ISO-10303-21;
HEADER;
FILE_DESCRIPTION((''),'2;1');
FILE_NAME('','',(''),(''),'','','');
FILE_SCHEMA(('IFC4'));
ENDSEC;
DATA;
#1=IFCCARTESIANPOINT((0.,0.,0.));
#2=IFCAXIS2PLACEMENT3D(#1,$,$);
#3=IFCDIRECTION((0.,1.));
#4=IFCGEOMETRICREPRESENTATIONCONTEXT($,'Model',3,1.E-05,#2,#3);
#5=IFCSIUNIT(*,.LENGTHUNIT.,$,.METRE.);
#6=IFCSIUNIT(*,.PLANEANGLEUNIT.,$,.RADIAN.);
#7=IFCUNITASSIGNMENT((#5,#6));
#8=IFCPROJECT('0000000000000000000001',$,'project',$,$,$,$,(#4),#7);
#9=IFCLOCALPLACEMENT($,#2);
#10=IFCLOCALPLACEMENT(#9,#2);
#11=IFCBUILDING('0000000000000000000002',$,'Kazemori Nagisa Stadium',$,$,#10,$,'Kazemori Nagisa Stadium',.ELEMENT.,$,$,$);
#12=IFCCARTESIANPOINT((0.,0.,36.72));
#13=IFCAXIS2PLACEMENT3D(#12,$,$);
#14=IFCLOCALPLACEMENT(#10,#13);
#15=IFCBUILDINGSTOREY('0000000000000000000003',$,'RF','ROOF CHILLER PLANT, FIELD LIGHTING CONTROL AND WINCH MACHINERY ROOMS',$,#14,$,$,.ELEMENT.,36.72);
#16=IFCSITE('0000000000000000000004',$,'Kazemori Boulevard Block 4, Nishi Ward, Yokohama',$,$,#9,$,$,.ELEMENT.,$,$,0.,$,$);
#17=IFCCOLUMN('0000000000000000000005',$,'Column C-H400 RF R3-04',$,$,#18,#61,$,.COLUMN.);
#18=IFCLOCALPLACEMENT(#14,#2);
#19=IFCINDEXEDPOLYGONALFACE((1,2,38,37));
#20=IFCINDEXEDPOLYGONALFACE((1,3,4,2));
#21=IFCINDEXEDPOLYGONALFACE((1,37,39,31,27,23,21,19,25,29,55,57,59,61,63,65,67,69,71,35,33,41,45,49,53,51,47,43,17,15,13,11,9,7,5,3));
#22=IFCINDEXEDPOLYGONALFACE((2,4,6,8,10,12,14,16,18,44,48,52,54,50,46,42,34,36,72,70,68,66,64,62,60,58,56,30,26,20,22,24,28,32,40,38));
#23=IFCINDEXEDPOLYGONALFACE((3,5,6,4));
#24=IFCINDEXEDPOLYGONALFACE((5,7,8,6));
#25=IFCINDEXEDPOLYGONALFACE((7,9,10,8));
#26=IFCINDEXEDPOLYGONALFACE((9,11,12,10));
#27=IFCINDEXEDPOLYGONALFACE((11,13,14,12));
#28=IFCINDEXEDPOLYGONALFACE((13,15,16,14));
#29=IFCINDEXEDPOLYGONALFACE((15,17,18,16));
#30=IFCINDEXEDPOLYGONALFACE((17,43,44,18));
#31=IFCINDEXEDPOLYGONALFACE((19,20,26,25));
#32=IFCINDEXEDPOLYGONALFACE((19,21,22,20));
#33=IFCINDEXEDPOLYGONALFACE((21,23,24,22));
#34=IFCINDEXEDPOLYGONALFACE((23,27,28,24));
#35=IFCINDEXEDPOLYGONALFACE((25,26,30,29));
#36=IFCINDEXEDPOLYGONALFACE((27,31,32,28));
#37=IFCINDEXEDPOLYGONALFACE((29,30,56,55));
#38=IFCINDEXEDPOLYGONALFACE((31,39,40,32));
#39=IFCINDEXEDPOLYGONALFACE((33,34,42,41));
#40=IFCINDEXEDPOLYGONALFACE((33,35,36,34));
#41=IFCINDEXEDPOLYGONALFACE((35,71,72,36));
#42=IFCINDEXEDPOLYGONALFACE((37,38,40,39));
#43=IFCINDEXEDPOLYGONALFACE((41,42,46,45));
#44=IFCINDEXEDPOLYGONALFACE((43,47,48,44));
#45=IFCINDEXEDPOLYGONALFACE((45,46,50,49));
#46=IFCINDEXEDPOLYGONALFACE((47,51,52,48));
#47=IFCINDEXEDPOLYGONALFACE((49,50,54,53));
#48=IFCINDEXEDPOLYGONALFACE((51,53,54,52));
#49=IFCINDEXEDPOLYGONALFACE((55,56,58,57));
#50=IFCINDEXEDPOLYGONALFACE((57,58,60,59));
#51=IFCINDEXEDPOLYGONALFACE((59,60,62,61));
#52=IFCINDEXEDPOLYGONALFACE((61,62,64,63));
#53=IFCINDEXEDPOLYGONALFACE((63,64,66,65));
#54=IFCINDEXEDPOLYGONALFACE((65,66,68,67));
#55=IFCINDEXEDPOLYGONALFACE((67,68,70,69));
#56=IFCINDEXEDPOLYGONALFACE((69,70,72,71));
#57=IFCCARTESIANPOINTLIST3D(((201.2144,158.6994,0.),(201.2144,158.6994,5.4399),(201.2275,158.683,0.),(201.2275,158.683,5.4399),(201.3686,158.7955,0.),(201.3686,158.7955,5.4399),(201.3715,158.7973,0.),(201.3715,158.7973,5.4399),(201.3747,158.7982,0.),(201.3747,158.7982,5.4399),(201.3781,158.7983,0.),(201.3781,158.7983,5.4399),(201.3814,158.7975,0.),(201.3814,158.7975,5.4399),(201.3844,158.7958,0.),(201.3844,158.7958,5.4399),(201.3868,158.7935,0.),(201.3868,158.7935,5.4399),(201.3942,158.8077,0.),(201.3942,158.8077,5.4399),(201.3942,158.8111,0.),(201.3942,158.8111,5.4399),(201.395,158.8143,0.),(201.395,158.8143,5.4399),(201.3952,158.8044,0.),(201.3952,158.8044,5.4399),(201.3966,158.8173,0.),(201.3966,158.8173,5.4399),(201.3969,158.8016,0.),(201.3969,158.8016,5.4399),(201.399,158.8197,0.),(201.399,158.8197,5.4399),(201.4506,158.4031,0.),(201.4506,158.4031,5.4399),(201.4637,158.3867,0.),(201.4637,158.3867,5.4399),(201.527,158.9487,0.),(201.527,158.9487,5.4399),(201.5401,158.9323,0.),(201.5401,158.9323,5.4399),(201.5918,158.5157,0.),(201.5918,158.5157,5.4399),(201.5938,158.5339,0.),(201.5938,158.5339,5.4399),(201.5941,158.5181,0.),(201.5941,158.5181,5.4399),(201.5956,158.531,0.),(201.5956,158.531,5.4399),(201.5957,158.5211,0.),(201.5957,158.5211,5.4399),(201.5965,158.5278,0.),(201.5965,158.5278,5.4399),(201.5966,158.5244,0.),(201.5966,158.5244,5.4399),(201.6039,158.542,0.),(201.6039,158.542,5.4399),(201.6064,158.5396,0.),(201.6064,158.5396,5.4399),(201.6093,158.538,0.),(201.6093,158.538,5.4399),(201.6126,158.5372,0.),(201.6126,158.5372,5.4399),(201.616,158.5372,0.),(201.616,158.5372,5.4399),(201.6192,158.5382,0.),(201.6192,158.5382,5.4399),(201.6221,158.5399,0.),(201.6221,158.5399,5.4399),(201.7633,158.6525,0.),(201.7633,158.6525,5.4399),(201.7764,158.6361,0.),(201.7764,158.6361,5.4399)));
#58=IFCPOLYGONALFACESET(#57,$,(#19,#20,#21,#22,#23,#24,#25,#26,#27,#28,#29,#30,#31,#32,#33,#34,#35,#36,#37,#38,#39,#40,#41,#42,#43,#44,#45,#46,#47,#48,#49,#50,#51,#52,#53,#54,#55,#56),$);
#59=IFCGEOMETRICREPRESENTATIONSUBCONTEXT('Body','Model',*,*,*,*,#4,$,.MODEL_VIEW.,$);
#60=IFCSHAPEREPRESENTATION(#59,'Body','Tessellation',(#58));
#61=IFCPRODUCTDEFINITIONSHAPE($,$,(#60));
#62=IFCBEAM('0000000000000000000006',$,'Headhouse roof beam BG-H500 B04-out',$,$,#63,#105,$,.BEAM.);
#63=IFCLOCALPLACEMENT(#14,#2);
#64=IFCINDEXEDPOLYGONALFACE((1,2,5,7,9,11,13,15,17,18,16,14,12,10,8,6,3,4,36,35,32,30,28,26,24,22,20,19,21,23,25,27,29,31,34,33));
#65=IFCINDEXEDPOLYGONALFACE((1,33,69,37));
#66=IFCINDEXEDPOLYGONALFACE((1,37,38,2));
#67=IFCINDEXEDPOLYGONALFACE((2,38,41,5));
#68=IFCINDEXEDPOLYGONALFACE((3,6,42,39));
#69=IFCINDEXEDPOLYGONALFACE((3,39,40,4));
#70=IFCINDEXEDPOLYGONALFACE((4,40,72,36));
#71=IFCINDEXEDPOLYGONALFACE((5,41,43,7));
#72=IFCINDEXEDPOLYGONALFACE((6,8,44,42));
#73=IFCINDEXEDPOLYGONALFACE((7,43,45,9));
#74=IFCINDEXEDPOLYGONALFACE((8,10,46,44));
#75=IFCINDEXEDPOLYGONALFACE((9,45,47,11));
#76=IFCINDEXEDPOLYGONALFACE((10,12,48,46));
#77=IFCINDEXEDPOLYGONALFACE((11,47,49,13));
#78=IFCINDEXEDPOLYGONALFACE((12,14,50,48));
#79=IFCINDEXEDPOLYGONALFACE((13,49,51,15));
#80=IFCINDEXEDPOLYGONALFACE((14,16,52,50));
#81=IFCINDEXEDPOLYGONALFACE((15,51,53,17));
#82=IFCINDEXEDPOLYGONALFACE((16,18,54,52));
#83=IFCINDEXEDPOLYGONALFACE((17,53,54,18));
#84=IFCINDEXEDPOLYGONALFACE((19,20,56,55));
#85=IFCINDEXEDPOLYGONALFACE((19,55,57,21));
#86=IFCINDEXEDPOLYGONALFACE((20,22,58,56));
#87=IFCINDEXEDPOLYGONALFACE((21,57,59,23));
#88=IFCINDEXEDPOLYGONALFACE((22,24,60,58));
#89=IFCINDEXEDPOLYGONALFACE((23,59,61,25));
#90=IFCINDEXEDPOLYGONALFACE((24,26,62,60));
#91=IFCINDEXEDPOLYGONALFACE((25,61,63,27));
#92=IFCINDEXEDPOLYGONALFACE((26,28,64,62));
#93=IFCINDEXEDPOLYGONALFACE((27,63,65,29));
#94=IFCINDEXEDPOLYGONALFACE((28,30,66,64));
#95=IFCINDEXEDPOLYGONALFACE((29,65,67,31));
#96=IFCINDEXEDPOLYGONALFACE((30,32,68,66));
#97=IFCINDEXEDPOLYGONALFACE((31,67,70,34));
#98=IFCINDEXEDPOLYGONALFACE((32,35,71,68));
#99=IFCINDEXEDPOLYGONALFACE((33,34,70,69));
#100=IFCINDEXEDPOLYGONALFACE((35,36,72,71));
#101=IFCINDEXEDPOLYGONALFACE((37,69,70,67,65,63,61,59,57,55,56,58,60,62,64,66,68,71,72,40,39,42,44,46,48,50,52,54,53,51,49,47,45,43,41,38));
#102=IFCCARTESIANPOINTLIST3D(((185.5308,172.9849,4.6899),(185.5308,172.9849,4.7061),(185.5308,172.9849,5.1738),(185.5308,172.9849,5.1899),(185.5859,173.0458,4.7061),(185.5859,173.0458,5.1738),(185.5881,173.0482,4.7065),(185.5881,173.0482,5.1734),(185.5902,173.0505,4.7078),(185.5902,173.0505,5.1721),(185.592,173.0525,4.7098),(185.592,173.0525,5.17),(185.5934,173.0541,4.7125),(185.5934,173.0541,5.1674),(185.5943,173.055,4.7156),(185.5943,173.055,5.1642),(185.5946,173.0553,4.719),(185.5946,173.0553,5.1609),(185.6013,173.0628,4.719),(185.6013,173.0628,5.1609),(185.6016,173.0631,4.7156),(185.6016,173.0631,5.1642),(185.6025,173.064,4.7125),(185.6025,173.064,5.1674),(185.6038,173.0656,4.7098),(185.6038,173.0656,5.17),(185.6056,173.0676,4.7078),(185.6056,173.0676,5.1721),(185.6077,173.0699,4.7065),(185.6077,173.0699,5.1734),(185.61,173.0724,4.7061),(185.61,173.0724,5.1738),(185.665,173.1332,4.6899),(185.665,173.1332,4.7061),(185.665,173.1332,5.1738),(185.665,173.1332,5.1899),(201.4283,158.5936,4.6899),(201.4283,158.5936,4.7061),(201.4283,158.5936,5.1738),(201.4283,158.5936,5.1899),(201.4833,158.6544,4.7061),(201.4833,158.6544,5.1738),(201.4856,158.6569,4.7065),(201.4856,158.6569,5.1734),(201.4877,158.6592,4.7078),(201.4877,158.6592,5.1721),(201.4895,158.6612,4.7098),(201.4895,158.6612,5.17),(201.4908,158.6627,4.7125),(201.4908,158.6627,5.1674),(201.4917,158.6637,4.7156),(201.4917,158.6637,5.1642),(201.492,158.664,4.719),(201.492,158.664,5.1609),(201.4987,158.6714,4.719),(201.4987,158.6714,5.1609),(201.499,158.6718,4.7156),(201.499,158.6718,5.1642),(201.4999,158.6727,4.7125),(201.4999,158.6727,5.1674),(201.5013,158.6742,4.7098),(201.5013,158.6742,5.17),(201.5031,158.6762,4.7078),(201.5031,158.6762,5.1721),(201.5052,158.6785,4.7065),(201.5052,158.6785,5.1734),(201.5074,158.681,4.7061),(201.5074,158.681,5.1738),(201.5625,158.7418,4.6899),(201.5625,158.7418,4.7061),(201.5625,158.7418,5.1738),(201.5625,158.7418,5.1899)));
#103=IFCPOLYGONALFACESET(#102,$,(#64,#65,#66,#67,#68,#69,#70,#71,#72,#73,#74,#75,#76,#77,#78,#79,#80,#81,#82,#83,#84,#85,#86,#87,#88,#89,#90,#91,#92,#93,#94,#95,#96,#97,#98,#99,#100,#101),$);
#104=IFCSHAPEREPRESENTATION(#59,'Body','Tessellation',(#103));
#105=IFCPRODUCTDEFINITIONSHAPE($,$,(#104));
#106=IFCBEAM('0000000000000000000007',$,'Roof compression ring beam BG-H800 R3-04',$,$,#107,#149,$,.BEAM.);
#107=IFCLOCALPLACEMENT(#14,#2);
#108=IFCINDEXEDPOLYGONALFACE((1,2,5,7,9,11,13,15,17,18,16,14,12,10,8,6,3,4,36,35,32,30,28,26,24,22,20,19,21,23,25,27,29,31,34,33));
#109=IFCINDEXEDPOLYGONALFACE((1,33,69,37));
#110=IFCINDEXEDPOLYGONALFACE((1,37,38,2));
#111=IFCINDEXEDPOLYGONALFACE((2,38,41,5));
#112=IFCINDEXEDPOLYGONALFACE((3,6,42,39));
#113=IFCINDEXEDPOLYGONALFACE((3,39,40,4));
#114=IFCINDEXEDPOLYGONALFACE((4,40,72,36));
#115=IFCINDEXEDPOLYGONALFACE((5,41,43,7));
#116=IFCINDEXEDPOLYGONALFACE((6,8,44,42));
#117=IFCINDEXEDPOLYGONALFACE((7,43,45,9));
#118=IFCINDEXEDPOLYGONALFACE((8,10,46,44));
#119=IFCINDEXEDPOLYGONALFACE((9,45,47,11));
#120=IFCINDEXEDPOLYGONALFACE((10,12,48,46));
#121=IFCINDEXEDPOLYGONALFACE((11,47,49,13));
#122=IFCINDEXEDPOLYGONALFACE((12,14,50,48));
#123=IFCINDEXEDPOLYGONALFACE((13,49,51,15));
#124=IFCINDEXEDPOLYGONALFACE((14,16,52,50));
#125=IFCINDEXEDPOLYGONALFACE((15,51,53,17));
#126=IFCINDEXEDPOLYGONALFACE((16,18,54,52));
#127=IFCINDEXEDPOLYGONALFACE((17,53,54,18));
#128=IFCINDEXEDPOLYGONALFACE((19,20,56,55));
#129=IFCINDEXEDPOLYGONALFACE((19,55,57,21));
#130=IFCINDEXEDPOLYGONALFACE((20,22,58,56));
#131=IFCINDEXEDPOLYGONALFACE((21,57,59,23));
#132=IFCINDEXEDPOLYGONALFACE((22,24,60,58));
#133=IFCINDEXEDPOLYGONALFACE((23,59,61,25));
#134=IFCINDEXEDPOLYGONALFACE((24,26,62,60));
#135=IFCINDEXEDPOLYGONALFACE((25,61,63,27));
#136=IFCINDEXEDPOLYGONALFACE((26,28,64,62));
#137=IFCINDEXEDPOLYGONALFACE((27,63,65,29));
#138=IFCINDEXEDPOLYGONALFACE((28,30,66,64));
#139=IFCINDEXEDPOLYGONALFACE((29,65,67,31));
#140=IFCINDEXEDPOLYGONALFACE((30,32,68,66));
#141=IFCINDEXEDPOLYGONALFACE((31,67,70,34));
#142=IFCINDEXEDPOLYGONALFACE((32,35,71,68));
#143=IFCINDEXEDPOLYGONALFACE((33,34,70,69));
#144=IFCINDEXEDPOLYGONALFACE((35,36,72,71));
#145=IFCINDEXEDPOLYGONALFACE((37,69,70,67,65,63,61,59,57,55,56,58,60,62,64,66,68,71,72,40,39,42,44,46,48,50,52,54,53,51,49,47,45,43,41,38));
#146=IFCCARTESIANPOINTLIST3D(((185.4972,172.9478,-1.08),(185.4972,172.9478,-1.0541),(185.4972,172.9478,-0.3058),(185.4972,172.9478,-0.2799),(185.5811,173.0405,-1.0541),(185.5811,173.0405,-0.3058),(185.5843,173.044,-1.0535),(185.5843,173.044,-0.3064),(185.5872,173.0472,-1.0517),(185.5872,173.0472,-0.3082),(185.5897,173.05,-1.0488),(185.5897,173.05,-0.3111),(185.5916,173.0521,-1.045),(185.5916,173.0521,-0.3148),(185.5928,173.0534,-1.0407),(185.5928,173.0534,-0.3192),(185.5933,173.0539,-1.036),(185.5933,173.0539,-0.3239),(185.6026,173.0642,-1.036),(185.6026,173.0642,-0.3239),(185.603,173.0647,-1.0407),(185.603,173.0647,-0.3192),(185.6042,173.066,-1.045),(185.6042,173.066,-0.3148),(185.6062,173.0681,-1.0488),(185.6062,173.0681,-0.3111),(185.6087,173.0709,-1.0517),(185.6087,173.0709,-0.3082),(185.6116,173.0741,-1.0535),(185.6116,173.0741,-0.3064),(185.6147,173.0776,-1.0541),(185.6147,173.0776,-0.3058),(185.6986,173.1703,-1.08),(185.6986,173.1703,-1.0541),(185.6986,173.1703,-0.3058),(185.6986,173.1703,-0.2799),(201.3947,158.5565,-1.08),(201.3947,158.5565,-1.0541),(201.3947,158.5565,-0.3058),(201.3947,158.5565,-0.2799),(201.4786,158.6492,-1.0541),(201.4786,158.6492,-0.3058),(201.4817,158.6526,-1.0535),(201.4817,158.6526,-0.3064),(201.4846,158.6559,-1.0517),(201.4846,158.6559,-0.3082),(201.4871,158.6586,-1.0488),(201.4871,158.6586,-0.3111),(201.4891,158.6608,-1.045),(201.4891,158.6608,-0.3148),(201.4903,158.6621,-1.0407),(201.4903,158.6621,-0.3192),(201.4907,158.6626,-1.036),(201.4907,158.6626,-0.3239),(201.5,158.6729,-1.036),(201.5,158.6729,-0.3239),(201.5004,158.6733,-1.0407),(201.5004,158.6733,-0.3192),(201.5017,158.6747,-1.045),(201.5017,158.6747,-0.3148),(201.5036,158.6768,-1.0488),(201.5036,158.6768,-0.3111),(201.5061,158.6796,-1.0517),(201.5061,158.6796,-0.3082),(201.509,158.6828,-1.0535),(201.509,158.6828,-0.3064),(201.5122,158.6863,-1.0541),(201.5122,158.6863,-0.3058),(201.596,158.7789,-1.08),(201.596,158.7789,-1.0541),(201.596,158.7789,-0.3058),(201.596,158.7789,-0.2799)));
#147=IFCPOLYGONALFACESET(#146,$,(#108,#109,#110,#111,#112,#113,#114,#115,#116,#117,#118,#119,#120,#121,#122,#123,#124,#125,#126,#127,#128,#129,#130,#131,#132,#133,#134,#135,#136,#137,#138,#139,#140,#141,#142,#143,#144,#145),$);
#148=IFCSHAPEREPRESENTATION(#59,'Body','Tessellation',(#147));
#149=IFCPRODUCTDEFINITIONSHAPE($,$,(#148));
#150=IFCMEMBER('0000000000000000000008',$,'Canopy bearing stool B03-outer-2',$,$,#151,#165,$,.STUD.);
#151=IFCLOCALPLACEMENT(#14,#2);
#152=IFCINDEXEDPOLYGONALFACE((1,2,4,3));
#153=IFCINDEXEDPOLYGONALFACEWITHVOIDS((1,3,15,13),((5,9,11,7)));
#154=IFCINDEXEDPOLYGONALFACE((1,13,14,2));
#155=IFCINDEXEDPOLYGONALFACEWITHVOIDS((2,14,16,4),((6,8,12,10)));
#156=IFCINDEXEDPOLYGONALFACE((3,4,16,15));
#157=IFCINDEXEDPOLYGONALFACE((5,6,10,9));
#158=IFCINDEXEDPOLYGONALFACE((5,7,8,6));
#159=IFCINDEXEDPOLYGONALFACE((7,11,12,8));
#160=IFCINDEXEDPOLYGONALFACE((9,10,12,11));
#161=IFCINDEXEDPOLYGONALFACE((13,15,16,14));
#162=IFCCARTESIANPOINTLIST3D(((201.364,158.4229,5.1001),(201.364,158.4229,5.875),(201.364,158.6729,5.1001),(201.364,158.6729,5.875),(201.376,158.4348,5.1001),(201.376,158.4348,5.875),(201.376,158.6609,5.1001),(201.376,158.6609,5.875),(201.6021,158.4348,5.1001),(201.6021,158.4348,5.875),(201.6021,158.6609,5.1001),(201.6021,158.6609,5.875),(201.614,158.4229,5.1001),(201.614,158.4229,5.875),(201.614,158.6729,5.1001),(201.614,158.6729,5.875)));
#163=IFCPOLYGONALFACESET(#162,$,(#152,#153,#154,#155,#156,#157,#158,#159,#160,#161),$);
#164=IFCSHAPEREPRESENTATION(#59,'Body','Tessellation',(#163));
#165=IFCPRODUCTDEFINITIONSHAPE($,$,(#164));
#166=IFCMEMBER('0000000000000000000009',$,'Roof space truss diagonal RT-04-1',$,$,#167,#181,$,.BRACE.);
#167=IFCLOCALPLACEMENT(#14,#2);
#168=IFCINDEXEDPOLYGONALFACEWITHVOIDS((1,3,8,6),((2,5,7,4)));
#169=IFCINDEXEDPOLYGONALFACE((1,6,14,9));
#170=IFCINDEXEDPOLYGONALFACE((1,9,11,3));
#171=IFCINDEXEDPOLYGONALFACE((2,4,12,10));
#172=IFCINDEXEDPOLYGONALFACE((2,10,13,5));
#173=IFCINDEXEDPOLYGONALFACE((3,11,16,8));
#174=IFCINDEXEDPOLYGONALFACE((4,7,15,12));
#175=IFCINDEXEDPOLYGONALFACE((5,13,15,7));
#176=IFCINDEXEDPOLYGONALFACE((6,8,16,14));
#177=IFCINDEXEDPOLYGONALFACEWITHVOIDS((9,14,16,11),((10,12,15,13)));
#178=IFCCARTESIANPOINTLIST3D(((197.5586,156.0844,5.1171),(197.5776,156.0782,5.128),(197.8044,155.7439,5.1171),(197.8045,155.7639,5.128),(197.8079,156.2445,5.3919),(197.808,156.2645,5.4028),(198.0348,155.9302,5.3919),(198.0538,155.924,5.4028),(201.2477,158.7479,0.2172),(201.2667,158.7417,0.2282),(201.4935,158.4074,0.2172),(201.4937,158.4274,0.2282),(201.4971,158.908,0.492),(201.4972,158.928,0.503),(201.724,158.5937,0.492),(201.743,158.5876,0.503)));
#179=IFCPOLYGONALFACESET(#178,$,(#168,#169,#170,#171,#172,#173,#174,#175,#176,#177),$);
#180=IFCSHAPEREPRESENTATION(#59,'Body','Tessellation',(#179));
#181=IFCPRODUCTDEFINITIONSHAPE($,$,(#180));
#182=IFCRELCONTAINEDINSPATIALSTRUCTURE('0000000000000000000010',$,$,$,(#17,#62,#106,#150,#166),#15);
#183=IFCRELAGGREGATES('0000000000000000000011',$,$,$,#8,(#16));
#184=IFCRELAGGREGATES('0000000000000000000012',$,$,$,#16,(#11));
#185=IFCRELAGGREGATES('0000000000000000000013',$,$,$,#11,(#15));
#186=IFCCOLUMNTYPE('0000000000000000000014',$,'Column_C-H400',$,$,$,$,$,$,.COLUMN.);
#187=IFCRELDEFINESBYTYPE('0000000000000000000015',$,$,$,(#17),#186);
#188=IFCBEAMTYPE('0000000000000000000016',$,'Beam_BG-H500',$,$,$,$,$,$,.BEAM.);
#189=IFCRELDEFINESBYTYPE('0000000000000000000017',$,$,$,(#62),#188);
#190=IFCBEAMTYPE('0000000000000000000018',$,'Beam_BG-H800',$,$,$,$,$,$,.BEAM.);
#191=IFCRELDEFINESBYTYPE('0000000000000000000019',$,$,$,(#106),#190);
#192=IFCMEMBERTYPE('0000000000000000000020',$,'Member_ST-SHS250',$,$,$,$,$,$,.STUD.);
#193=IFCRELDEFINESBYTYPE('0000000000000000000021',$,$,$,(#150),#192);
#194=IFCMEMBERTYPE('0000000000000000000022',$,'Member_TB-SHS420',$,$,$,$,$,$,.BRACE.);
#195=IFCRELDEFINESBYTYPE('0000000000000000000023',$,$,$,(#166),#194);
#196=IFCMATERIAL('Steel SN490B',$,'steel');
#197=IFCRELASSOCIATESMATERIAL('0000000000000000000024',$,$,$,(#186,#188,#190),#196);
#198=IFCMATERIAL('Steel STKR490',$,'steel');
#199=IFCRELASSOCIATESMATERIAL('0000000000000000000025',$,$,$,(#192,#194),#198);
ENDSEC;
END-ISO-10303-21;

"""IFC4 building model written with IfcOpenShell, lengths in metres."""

from ifc_helpers import new_model, si_unit, direction, frame, origin, origin_2d, place, context, subcontext, project, spatial, hollow_rectangle, i_section, extrude, material, material_profile, profile_set, type_object, element, save


model = new_model("IFC4")

# Units and contexts
model_context = context("Model", 3, precision=1e-05, world=origin(), true_north=direction((0.0, 1.0)))
body_context = subcontext(model_context, "Body", "Model", "MODEL_VIEW")
ifc_project = project(units=[si_unit("LENGTHUNIT", "METRE"), si_unit("PLANEANGLEUNIT", "RADIAN")], contexts=[model_context])

# Site, building, storey
site_placement = place(None, origin())
site = spatial("IfcSite", under=ifc_project, at=site_placement, Name="Kazemori Boulevard Block 4, Nishi Ward, Yokohama", CompositionType="ELEMENT", RefElevation=0.0)
building_placement = place(site_placement, origin())
building = spatial("IfcBuilding", under=site, at=building_placement, Name="Kazemori Nagisa Stadium", LongName="Kazemori Nagisa Stadium", CompositionType="ELEMENT")
storey_placement = place(building_placement, frame((0.0, 0.0, 36.72)))
storey = spatial("IfcBuildingStorey", under=building, at=storey_placement, Name="RF", Description="ROOF CHILLER PLANT, FIELD LIGHTING CONTROL AND WINCH MACHINERY ROOMS", CompositionType="ELEMENT", Elevation=36.72)

# Column
ifc_material_1 = material(Name="Steel SN490B", Category="steel")
ifc_material_profile_1 = material_profile(ifc_material_1, i_section(OverallWidth=0.3999, OverallDepth=0.3999, WebThickness=0.0129, FlangeThickness=0.021, FilletRadius=0.0129, at=origin_2d()), Name="H-400x400x13x21")
ifc_profile_set_1 = profile_set([ifc_material_profile_1], Name="Steel SN490B")
column_type = type_object("IfcColumnType", Name="Column_C-H400", PredefinedType="COLUMN", material=ifc_profile_set_1)
column_placement = place(storey_placement, frame((201.4954, 158.6677, 0.0), z_axis=(0.0, 0.0, 1.0), x_axis=(0.781831, 0.62349, 0.0)))
element("IfcColumn", 1, at=column_placement, inside=storey, type_object=column_type, Name="Column C-H400 RF R3-04", PredefinedType="COLUMN", context=body_context, shape_type="SweptSolid", body=[
    extrude(i_section(OverallWidth=0.3999, OverallDepth=0.3999, WebThickness=0.0129, FlangeThickness=0.021, FilletRadius=0.0129, at=origin_2d()), origin(), (0.0, 0.0, 1.0), 5.4399),
])

# Beams
ifc_material_profile_2 = material_profile(ifc_material_1, i_section(OverallWidth=0.2, OverallDepth=0.5, WebThickness=0.01, FlangeThickness=0.0161, FilletRadius=0.0129, at=origin_2d()), Name="H-500x200x10x16")
ifc_profile_set_2 = profile_set([ifc_material_profile_2], Name="Steel SN490B")
beam_type_1 = type_object("IfcBeamType", Name="Beam_BG-H500", PredefinedType="BEAM", material=ifc_profile_set_2)
beam_1_placement = place(storey_placement, frame((201.4954, 158.6677, 4.9399), z_axis=(-0.741352, 0.671117, 0.0), x_axis=(-0.671117, -0.741352, 0.0)))
element("IfcBeam", 2, at=beam_1_placement, inside=storey, type_object=beam_type_1, Name="Headhouse roof beam BG-H500 B04-out", PredefinedType="BEAM", context=body_context, shape_type="SweptSolid", body=[
    extrude(i_section(OverallWidth=0.2, OverallDepth=0.5, WebThickness=0.01, FlangeThickness=0.0161, FilletRadius=0.0129, at=origin_2d()), origin(), (0.0, 0.0, 1.0), 21.4438),
])
ifc_material_profile_3 = material_profile(ifc_material_1, i_section(OverallWidth=0.3, OverallDepth=0.8, WebThickness=0.0139, FlangeThickness=0.0259, FilletRadius=0.0181, at=origin_2d()), Name="H-800x300x14x26")
ifc_profile_set_3 = profile_set([ifc_material_profile_3], Name="Steel SN490B")
beam_type_2 = type_object("IfcBeamType", Name="Beam_BG-H800", PredefinedType="BEAM", material=ifc_profile_set_3)
beam_2_placement = place(storey_placement, frame((201.4954, 158.6677, -0.6799), z_axis=(-0.741352, 0.671117, 0.0), x_axis=(-0.671117, -0.741352, 0.0)))
element("IfcBeam", 3, at=beam_2_placement, inside=storey, type_object=beam_type_2, Name="Roof compression ring beam BG-H800 R3-04", PredefinedType="BEAM", context=body_context, shape_type="SweptSolid", body=[
    extrude(i_section(OverallWidth=0.3, OverallDepth=0.8, WebThickness=0.0139, FlangeThickness=0.0259, FilletRadius=0.0181, at=origin_2d()), origin(), (0.0, 0.0, 1.0), 21.4438),
])

# Members
ifc_material_2 = material(Name="Steel STKR490", Category="steel")
ifc_material_profile_4 = material_profile(ifc_material_2, hollow_rectangle(XDim=0.25, YDim=0.25, WallThickness=0.012, at=origin_2d()), Name="SHS-250x250x12")
ifc_profile_set_4 = profile_set([ifc_material_profile_4], Name="Steel STKR490")
member_type_1 = type_object("IfcMemberType", Name="Member_ST-SHS250", PredefinedType="STUD", material=ifc_profile_set_4)
member_1_placement = place(storey_placement, frame((201.489, 158.5479, 5.1001), z_axis=(0.0, 0.0, 1.0), x_axis=(1.0, 0.0, 0.0)))
element("IfcMember", 4, at=member_1_placement, inside=storey, type_object=member_type_1, Name="Canopy bearing stool B03-outer-2", PredefinedType="STUD", context=body_context, shape_type="SweptSolid", body=[
    extrude(hollow_rectangle(XDim=0.25, YDim=0.25, WallThickness=0.012, at=origin_2d()), origin(), (0.0, 0.0, 1.0), 0.7749),
])
ifc_material_profile_5 = material_profile(ifc_material_2, hollow_rectangle(XDim=0.4199, YDim=0.4199, WallThickness=0.0161, at=origin_2d()), Name="SHS-420x420x16")
ifc_profile_set_5 = profile_set([ifc_material_profile_5], Name="Steel STKR490")
member_type_2 = type_object("IfcMemberType", Name="Member_TB-SHS420", PredefinedType="BRACE", material=ifc_profile_set_5)
member_2_placement = place(storey_placement, frame((201.4954, 158.6677, 0.3601), z_axis=(-0.551711, -0.39833, 0.732767), x_axis=(0.585367, -0.810768, 0.0)))
element("IfcMember", 5, at=member_2_placement, inside=storey, type_object=member_type_2, Name="Roof space truss diagonal RT-04-1", PredefinedType="BRACE", context=body_context, shape_type="SweptSolid", body=[
    extrude(hollow_rectangle(XDim=0.4199, YDim=0.4199, WallThickness=0.0161, at=origin_2d()), origin(), (0.0, 0.0, 1.0), 6.6868),
])

save(model, "model.ifc")
